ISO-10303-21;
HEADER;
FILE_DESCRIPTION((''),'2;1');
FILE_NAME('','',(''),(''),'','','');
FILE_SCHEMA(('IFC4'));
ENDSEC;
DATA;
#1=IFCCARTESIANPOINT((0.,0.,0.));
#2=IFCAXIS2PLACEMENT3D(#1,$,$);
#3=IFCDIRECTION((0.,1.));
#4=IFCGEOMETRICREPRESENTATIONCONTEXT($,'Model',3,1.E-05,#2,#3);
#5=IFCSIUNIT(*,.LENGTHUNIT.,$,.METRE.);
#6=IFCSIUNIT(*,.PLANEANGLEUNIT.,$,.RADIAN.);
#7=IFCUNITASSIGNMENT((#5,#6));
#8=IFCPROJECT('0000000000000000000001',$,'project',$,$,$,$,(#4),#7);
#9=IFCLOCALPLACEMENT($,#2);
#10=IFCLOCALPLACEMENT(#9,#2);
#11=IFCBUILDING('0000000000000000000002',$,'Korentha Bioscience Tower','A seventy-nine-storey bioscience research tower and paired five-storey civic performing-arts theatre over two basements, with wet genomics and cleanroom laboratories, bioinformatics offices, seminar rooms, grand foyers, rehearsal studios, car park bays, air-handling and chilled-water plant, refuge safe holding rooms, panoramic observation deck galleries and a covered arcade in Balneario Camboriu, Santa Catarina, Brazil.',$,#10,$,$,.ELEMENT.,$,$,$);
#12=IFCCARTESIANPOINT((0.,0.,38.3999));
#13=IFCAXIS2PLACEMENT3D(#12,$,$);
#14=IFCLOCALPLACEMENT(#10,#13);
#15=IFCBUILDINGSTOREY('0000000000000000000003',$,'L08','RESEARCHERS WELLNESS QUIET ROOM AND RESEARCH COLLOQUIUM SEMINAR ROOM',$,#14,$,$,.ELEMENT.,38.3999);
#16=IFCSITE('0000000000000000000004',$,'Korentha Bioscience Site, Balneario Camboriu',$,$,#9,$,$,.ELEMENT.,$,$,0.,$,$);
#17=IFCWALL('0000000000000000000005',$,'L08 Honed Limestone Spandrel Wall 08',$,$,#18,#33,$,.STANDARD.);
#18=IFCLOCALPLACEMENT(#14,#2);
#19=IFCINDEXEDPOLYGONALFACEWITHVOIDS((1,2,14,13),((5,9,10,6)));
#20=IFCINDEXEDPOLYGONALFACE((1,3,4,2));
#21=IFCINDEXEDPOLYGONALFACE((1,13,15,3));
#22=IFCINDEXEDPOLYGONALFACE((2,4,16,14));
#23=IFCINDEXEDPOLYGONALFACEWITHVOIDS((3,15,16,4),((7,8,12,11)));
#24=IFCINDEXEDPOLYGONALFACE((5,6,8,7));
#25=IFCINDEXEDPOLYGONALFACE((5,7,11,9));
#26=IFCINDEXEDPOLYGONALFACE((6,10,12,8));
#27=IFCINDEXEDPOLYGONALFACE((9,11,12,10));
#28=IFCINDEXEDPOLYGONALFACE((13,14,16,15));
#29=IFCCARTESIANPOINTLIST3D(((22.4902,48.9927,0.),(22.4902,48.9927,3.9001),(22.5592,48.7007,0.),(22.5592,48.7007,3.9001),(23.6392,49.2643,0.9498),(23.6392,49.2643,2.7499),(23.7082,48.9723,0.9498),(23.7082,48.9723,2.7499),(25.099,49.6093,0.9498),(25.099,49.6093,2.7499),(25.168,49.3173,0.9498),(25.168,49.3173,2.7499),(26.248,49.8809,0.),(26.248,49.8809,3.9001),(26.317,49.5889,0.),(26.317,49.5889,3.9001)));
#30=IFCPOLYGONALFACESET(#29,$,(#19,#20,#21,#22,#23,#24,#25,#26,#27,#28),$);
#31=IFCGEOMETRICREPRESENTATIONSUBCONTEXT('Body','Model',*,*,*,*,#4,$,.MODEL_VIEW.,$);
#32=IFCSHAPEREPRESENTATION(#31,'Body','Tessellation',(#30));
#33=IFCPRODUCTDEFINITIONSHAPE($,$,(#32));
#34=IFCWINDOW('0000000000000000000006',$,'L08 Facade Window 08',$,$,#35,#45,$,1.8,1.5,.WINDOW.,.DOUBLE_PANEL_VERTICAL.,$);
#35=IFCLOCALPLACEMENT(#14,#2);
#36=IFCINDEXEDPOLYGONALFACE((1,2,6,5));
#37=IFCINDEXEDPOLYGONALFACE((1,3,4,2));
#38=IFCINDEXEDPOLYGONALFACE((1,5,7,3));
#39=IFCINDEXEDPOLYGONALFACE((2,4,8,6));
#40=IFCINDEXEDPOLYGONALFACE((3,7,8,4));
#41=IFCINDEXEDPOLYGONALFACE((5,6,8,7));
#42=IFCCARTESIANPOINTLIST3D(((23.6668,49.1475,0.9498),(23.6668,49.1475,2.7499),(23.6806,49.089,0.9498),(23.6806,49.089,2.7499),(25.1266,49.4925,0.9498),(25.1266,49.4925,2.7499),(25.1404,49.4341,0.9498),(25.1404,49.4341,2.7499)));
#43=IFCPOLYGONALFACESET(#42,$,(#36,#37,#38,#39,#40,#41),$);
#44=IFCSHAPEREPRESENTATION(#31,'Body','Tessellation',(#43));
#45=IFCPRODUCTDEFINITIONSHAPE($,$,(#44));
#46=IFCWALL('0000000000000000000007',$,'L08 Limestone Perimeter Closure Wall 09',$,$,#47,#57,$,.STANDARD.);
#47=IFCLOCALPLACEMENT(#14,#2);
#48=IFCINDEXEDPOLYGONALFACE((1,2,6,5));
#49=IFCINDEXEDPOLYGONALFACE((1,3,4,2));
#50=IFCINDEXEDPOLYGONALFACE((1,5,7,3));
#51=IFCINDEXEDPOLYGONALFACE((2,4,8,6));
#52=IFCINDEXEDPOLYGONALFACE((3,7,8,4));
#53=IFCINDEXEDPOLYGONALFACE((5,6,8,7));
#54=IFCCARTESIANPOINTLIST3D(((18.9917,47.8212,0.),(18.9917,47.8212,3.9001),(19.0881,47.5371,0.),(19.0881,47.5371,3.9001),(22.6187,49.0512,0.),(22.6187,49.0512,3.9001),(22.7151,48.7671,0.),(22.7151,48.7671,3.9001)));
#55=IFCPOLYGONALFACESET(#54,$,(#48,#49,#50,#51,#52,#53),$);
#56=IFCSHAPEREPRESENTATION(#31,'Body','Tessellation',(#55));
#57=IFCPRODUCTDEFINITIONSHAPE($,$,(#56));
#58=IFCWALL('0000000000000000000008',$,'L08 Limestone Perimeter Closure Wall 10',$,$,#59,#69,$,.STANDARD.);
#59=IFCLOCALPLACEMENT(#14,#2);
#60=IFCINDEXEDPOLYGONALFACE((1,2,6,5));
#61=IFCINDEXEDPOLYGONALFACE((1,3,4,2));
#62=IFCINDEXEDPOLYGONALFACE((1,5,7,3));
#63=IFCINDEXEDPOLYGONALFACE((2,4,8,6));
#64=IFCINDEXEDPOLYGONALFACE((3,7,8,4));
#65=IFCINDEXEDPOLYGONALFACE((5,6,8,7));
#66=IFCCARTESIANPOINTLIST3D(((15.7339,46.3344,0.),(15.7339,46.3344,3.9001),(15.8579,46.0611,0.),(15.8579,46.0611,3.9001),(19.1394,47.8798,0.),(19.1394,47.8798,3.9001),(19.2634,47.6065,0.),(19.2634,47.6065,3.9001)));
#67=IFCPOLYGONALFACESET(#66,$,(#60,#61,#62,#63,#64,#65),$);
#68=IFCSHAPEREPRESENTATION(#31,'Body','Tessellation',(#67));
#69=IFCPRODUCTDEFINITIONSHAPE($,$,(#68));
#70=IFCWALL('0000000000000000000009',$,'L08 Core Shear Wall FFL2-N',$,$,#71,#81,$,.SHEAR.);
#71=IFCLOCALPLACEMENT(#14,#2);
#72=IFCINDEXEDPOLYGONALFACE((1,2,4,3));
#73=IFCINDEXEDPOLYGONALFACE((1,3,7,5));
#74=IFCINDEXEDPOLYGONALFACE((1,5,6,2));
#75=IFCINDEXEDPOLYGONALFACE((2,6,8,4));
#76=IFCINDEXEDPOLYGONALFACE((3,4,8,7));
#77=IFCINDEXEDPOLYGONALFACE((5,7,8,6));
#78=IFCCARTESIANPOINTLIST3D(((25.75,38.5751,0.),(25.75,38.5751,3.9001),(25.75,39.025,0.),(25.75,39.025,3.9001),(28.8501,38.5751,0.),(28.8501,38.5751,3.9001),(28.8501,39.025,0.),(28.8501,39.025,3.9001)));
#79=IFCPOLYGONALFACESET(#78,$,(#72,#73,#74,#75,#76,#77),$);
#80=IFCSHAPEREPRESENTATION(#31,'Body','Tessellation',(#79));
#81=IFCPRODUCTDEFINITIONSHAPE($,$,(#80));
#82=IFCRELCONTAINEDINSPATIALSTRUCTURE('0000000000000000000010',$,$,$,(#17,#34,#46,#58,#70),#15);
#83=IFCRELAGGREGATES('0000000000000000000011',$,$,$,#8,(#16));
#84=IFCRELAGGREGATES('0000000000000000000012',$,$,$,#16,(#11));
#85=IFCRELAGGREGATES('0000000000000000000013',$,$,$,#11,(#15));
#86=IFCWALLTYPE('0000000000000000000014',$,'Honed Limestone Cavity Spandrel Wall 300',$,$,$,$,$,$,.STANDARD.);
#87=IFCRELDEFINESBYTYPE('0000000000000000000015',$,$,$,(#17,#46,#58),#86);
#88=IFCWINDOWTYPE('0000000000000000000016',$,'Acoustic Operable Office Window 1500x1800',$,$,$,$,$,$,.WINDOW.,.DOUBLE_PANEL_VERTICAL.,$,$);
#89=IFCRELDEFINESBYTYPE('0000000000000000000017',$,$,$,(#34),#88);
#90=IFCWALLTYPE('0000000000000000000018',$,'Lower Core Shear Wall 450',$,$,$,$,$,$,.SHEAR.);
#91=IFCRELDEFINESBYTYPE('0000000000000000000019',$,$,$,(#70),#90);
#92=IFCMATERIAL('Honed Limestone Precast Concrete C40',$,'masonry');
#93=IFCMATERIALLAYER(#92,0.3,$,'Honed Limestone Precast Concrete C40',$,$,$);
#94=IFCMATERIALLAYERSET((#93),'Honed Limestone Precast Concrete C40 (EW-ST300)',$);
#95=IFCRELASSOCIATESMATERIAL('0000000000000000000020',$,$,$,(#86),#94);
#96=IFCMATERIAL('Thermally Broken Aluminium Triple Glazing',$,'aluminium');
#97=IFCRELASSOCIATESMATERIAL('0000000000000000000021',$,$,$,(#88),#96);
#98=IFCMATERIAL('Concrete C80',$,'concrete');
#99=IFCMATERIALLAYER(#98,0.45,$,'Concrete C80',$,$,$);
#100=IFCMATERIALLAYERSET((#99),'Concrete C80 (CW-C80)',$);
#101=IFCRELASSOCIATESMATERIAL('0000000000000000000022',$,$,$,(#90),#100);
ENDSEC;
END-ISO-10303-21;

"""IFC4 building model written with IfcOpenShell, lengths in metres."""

from ifc_helpers import new_model, si_unit, direction, frame, frame_2d, origin, place, context, subcontext, project, spatial, rectangle, extrude, material, layer, layer_set, type_object, element, fill, save


model = new_model("IFC4")

# Units and contexts
model_context = context("Model", 3, precision=1e-05, world=origin(), true_north=direction((0.0, 1.0)))
body_context = subcontext(model_context, "Body", "Model", "MODEL_VIEW")
ifc_project = project(units=[si_unit("LENGTHUNIT", "METRE"), si_unit("PLANEANGLEUNIT", "RADIAN")], contexts=[model_context])

# Site, building, storey
site_placement = place(None, origin())
site = spatial("IfcSite", under=ifc_project, at=site_placement, Name="Korentha Bioscience Site, Balneario Camboriu", CompositionType="ELEMENT", RefElevation=0.0)
building_placement = place(site_placement, origin())
building = spatial("IfcBuilding", under=site, at=building_placement, Name="Korentha Bioscience Tower", Description="A seventy-nine-storey bioscience research tower and paired five-storey civic performing-arts theatre over two basements, with wet genomics and cleanroom laboratories, bioinformatics offices, seminar rooms, grand foyers, rehearsal studios, car park bays, air-handling and chilled-water plant, refuge safe holding rooms, panoramic observation deck galleries and a covered arcade in Balneario Camboriu, Santa Catarina, Brazil.", CompositionType="ELEMENT")
storey_placement = place(building_placement, frame((0.0, 0.0, 38.3999)))
storey = spatial("IfcBuildingStorey", under=building, at=storey_placement, Name="L08", Description="RESEARCHERS WELLNESS QUIET ROOM AND RESEARCH COLLOQUIUM SEMINAR ROOM", CompositionType="ELEMENT", Elevation=38.3999)

# Shared definitions
ifc_material_1 = material(Name="Concrete C80", Category="concrete")

# Wall, opening, window
ifc_material_2 = material(Name="Honed Limestone Precast Concrete C40", Category="masonry")
ifc_layer_1 = layer(ifc_material_2, 0.3, Name="Honed Limestone Precast Concrete C40")
ifc_layer_set_1 = layer_set([ifc_layer_1], Name="Honed Limestone Precast Concrete C40 (EW-ST300)")
wall_type_1 = type_object("IfcWallType", Name="Honed Limestone Cavity Spandrel Wall 300", PredefinedType="STANDARD", material=ifc_layer_set_1)
wall_1_placement = place(storey_placement, frame((26.2825, 49.7349, 0.0), z_axis=(0.0, 0.0, 1.0), x_axis=(-0.973186, -0.230019, 0.0)))
wall_1 = element("IfcWall", 1, at=wall_1_placement, inside=storey, type_object=wall_type_1, Name="L08 Honed Limestone Spandrel Wall 08", PredefinedType="STANDARD", context=body_context, shape_type="SweptSolid", body=[
    extrude(rectangle(XDim=3.8613, YDim=0.3, at=frame_2d((1.9307, 0.0))), origin(), (0.0, 0.0, 1.0), 3.9001),
])
opening_1_placement = place(wall_1_placement, frame((1.1807, 0.0, 0.95)))
opening_1 = element("IfcOpeningElement", 2, at=opening_1_placement, cuts=wall_1, PredefinedType="OPENING", context=body_context, shape_type="SweptSolid", body=[
    extrude(rectangle(XDim=1.5, YDim=1.8, at=frame_2d((0.75, 0.8999))), frame((0.0, 0.165, 0.0), z_axis=(0.0, -1.0, 0.0), x_axis=(1.0, 0.0, 0.0)), (0.0, 0.0, 1.0), 0.3298),
])
ifc_material_3 = material(Name="Thermally Broken Aluminium Triple Glazing", Category="aluminium")
window_type = type_object("IfcWindowType", Name="Acoustic Operable Office Window 1500x1800", PartitioningType="DOUBLE_PANEL_VERTICAL", PredefinedType="WINDOW", material=ifc_material_3)
window_placement = place(opening_1_placement, origin())
window = element("IfcWindow", 3, at=window_placement, inside=storey, type_object=window_type, Name="L08 Facade Window 08", OverallHeight=1.8, OverallWidth=1.5, PartitioningType="DOUBLE_PANEL_VERTICAL", PredefinedType="WINDOW", context=body_context, shape_type="SweptSolid", body=[
    extrude(rectangle(XDim=1.5, YDim=1.8, at=frame_2d((0.75, 0.8999))), frame((0.0, 0.03, 0.0), z_axis=(0.0, -1.0, 0.0), x_axis=(1.0, 0.0, 0.0)), (0.0, 0.0, 1.0), 0.0601),
])
fill(opening_1, window)

# Walls
wall_2_placement = place(storey_placement, frame((22.667, 48.9092, 0.0), z_axis=(0.0, 0.0, 1.0), x_axis=(-0.947026, -0.321158, 0.0)))
element("IfcWall", 4, at=wall_2_placement, inside=storey, type_object=wall_type_1, Name="L08 Limestone Perimeter Closure Wall 09", PredefinedType="STANDARD", context=body_context, shape_type="SweptSolid", body=[
    extrude(rectangle(XDim=3.8298, YDim=0.3, at=frame_2d((1.915, 0.0))), origin(), (0.0, 0.0, 1.0), 3.9001),
])
wall_3_placement = place(storey_placement, frame((19.2014, 47.7432, 0.0), z_axis=(0.0, 0.0, 1.0), x_axis=(-0.910623, -0.413237, 0.0)))
element("IfcWall", 5, at=wall_3_placement, inside=storey, type_object=wall_type_1, Name="L08 Limestone Perimeter Closure Wall 10", PredefinedType="STANDARD", context=body_context, shape_type="SweptSolid", body=[
    extrude(rectangle(XDim=3.7397, YDim=0.3, at=frame_2d((1.8699, 0.0))), origin(), (0.0, 0.0, 1.0), 3.9001),
])
ifc_layer_2 = layer(ifc_material_1, 0.45, Name="Concrete C80")
ifc_layer_set_2 = layer_set([ifc_layer_2], Name="Concrete C80 (CW-C80)")
wall_type_2 = type_object("IfcWallType", Name="Lower Core Shear Wall 450", PredefinedType="SHEAR", material=ifc_layer_set_2)
wall_4_placement = place(storey_placement, frame((25.75, 38.8, 0.0), z_axis=(0.0, 0.0, 1.0), x_axis=(1.0, 0.0, 0.0)))
element("IfcWall", 6, at=wall_4_placement, inside=storey, type_object=wall_type_2, Name="L08 Core Shear Wall FFL2-N", PredefinedType="SHEAR", context=body_context, shape_type="SweptSolid", body=[
    extrude(rectangle(XDim=3.1001, YDim=0.45, at=frame_2d((1.55, 0.0))), origin(), (0.0, 0.0, 1.0), 3.9001),
])

save(model, "model.ifc")
